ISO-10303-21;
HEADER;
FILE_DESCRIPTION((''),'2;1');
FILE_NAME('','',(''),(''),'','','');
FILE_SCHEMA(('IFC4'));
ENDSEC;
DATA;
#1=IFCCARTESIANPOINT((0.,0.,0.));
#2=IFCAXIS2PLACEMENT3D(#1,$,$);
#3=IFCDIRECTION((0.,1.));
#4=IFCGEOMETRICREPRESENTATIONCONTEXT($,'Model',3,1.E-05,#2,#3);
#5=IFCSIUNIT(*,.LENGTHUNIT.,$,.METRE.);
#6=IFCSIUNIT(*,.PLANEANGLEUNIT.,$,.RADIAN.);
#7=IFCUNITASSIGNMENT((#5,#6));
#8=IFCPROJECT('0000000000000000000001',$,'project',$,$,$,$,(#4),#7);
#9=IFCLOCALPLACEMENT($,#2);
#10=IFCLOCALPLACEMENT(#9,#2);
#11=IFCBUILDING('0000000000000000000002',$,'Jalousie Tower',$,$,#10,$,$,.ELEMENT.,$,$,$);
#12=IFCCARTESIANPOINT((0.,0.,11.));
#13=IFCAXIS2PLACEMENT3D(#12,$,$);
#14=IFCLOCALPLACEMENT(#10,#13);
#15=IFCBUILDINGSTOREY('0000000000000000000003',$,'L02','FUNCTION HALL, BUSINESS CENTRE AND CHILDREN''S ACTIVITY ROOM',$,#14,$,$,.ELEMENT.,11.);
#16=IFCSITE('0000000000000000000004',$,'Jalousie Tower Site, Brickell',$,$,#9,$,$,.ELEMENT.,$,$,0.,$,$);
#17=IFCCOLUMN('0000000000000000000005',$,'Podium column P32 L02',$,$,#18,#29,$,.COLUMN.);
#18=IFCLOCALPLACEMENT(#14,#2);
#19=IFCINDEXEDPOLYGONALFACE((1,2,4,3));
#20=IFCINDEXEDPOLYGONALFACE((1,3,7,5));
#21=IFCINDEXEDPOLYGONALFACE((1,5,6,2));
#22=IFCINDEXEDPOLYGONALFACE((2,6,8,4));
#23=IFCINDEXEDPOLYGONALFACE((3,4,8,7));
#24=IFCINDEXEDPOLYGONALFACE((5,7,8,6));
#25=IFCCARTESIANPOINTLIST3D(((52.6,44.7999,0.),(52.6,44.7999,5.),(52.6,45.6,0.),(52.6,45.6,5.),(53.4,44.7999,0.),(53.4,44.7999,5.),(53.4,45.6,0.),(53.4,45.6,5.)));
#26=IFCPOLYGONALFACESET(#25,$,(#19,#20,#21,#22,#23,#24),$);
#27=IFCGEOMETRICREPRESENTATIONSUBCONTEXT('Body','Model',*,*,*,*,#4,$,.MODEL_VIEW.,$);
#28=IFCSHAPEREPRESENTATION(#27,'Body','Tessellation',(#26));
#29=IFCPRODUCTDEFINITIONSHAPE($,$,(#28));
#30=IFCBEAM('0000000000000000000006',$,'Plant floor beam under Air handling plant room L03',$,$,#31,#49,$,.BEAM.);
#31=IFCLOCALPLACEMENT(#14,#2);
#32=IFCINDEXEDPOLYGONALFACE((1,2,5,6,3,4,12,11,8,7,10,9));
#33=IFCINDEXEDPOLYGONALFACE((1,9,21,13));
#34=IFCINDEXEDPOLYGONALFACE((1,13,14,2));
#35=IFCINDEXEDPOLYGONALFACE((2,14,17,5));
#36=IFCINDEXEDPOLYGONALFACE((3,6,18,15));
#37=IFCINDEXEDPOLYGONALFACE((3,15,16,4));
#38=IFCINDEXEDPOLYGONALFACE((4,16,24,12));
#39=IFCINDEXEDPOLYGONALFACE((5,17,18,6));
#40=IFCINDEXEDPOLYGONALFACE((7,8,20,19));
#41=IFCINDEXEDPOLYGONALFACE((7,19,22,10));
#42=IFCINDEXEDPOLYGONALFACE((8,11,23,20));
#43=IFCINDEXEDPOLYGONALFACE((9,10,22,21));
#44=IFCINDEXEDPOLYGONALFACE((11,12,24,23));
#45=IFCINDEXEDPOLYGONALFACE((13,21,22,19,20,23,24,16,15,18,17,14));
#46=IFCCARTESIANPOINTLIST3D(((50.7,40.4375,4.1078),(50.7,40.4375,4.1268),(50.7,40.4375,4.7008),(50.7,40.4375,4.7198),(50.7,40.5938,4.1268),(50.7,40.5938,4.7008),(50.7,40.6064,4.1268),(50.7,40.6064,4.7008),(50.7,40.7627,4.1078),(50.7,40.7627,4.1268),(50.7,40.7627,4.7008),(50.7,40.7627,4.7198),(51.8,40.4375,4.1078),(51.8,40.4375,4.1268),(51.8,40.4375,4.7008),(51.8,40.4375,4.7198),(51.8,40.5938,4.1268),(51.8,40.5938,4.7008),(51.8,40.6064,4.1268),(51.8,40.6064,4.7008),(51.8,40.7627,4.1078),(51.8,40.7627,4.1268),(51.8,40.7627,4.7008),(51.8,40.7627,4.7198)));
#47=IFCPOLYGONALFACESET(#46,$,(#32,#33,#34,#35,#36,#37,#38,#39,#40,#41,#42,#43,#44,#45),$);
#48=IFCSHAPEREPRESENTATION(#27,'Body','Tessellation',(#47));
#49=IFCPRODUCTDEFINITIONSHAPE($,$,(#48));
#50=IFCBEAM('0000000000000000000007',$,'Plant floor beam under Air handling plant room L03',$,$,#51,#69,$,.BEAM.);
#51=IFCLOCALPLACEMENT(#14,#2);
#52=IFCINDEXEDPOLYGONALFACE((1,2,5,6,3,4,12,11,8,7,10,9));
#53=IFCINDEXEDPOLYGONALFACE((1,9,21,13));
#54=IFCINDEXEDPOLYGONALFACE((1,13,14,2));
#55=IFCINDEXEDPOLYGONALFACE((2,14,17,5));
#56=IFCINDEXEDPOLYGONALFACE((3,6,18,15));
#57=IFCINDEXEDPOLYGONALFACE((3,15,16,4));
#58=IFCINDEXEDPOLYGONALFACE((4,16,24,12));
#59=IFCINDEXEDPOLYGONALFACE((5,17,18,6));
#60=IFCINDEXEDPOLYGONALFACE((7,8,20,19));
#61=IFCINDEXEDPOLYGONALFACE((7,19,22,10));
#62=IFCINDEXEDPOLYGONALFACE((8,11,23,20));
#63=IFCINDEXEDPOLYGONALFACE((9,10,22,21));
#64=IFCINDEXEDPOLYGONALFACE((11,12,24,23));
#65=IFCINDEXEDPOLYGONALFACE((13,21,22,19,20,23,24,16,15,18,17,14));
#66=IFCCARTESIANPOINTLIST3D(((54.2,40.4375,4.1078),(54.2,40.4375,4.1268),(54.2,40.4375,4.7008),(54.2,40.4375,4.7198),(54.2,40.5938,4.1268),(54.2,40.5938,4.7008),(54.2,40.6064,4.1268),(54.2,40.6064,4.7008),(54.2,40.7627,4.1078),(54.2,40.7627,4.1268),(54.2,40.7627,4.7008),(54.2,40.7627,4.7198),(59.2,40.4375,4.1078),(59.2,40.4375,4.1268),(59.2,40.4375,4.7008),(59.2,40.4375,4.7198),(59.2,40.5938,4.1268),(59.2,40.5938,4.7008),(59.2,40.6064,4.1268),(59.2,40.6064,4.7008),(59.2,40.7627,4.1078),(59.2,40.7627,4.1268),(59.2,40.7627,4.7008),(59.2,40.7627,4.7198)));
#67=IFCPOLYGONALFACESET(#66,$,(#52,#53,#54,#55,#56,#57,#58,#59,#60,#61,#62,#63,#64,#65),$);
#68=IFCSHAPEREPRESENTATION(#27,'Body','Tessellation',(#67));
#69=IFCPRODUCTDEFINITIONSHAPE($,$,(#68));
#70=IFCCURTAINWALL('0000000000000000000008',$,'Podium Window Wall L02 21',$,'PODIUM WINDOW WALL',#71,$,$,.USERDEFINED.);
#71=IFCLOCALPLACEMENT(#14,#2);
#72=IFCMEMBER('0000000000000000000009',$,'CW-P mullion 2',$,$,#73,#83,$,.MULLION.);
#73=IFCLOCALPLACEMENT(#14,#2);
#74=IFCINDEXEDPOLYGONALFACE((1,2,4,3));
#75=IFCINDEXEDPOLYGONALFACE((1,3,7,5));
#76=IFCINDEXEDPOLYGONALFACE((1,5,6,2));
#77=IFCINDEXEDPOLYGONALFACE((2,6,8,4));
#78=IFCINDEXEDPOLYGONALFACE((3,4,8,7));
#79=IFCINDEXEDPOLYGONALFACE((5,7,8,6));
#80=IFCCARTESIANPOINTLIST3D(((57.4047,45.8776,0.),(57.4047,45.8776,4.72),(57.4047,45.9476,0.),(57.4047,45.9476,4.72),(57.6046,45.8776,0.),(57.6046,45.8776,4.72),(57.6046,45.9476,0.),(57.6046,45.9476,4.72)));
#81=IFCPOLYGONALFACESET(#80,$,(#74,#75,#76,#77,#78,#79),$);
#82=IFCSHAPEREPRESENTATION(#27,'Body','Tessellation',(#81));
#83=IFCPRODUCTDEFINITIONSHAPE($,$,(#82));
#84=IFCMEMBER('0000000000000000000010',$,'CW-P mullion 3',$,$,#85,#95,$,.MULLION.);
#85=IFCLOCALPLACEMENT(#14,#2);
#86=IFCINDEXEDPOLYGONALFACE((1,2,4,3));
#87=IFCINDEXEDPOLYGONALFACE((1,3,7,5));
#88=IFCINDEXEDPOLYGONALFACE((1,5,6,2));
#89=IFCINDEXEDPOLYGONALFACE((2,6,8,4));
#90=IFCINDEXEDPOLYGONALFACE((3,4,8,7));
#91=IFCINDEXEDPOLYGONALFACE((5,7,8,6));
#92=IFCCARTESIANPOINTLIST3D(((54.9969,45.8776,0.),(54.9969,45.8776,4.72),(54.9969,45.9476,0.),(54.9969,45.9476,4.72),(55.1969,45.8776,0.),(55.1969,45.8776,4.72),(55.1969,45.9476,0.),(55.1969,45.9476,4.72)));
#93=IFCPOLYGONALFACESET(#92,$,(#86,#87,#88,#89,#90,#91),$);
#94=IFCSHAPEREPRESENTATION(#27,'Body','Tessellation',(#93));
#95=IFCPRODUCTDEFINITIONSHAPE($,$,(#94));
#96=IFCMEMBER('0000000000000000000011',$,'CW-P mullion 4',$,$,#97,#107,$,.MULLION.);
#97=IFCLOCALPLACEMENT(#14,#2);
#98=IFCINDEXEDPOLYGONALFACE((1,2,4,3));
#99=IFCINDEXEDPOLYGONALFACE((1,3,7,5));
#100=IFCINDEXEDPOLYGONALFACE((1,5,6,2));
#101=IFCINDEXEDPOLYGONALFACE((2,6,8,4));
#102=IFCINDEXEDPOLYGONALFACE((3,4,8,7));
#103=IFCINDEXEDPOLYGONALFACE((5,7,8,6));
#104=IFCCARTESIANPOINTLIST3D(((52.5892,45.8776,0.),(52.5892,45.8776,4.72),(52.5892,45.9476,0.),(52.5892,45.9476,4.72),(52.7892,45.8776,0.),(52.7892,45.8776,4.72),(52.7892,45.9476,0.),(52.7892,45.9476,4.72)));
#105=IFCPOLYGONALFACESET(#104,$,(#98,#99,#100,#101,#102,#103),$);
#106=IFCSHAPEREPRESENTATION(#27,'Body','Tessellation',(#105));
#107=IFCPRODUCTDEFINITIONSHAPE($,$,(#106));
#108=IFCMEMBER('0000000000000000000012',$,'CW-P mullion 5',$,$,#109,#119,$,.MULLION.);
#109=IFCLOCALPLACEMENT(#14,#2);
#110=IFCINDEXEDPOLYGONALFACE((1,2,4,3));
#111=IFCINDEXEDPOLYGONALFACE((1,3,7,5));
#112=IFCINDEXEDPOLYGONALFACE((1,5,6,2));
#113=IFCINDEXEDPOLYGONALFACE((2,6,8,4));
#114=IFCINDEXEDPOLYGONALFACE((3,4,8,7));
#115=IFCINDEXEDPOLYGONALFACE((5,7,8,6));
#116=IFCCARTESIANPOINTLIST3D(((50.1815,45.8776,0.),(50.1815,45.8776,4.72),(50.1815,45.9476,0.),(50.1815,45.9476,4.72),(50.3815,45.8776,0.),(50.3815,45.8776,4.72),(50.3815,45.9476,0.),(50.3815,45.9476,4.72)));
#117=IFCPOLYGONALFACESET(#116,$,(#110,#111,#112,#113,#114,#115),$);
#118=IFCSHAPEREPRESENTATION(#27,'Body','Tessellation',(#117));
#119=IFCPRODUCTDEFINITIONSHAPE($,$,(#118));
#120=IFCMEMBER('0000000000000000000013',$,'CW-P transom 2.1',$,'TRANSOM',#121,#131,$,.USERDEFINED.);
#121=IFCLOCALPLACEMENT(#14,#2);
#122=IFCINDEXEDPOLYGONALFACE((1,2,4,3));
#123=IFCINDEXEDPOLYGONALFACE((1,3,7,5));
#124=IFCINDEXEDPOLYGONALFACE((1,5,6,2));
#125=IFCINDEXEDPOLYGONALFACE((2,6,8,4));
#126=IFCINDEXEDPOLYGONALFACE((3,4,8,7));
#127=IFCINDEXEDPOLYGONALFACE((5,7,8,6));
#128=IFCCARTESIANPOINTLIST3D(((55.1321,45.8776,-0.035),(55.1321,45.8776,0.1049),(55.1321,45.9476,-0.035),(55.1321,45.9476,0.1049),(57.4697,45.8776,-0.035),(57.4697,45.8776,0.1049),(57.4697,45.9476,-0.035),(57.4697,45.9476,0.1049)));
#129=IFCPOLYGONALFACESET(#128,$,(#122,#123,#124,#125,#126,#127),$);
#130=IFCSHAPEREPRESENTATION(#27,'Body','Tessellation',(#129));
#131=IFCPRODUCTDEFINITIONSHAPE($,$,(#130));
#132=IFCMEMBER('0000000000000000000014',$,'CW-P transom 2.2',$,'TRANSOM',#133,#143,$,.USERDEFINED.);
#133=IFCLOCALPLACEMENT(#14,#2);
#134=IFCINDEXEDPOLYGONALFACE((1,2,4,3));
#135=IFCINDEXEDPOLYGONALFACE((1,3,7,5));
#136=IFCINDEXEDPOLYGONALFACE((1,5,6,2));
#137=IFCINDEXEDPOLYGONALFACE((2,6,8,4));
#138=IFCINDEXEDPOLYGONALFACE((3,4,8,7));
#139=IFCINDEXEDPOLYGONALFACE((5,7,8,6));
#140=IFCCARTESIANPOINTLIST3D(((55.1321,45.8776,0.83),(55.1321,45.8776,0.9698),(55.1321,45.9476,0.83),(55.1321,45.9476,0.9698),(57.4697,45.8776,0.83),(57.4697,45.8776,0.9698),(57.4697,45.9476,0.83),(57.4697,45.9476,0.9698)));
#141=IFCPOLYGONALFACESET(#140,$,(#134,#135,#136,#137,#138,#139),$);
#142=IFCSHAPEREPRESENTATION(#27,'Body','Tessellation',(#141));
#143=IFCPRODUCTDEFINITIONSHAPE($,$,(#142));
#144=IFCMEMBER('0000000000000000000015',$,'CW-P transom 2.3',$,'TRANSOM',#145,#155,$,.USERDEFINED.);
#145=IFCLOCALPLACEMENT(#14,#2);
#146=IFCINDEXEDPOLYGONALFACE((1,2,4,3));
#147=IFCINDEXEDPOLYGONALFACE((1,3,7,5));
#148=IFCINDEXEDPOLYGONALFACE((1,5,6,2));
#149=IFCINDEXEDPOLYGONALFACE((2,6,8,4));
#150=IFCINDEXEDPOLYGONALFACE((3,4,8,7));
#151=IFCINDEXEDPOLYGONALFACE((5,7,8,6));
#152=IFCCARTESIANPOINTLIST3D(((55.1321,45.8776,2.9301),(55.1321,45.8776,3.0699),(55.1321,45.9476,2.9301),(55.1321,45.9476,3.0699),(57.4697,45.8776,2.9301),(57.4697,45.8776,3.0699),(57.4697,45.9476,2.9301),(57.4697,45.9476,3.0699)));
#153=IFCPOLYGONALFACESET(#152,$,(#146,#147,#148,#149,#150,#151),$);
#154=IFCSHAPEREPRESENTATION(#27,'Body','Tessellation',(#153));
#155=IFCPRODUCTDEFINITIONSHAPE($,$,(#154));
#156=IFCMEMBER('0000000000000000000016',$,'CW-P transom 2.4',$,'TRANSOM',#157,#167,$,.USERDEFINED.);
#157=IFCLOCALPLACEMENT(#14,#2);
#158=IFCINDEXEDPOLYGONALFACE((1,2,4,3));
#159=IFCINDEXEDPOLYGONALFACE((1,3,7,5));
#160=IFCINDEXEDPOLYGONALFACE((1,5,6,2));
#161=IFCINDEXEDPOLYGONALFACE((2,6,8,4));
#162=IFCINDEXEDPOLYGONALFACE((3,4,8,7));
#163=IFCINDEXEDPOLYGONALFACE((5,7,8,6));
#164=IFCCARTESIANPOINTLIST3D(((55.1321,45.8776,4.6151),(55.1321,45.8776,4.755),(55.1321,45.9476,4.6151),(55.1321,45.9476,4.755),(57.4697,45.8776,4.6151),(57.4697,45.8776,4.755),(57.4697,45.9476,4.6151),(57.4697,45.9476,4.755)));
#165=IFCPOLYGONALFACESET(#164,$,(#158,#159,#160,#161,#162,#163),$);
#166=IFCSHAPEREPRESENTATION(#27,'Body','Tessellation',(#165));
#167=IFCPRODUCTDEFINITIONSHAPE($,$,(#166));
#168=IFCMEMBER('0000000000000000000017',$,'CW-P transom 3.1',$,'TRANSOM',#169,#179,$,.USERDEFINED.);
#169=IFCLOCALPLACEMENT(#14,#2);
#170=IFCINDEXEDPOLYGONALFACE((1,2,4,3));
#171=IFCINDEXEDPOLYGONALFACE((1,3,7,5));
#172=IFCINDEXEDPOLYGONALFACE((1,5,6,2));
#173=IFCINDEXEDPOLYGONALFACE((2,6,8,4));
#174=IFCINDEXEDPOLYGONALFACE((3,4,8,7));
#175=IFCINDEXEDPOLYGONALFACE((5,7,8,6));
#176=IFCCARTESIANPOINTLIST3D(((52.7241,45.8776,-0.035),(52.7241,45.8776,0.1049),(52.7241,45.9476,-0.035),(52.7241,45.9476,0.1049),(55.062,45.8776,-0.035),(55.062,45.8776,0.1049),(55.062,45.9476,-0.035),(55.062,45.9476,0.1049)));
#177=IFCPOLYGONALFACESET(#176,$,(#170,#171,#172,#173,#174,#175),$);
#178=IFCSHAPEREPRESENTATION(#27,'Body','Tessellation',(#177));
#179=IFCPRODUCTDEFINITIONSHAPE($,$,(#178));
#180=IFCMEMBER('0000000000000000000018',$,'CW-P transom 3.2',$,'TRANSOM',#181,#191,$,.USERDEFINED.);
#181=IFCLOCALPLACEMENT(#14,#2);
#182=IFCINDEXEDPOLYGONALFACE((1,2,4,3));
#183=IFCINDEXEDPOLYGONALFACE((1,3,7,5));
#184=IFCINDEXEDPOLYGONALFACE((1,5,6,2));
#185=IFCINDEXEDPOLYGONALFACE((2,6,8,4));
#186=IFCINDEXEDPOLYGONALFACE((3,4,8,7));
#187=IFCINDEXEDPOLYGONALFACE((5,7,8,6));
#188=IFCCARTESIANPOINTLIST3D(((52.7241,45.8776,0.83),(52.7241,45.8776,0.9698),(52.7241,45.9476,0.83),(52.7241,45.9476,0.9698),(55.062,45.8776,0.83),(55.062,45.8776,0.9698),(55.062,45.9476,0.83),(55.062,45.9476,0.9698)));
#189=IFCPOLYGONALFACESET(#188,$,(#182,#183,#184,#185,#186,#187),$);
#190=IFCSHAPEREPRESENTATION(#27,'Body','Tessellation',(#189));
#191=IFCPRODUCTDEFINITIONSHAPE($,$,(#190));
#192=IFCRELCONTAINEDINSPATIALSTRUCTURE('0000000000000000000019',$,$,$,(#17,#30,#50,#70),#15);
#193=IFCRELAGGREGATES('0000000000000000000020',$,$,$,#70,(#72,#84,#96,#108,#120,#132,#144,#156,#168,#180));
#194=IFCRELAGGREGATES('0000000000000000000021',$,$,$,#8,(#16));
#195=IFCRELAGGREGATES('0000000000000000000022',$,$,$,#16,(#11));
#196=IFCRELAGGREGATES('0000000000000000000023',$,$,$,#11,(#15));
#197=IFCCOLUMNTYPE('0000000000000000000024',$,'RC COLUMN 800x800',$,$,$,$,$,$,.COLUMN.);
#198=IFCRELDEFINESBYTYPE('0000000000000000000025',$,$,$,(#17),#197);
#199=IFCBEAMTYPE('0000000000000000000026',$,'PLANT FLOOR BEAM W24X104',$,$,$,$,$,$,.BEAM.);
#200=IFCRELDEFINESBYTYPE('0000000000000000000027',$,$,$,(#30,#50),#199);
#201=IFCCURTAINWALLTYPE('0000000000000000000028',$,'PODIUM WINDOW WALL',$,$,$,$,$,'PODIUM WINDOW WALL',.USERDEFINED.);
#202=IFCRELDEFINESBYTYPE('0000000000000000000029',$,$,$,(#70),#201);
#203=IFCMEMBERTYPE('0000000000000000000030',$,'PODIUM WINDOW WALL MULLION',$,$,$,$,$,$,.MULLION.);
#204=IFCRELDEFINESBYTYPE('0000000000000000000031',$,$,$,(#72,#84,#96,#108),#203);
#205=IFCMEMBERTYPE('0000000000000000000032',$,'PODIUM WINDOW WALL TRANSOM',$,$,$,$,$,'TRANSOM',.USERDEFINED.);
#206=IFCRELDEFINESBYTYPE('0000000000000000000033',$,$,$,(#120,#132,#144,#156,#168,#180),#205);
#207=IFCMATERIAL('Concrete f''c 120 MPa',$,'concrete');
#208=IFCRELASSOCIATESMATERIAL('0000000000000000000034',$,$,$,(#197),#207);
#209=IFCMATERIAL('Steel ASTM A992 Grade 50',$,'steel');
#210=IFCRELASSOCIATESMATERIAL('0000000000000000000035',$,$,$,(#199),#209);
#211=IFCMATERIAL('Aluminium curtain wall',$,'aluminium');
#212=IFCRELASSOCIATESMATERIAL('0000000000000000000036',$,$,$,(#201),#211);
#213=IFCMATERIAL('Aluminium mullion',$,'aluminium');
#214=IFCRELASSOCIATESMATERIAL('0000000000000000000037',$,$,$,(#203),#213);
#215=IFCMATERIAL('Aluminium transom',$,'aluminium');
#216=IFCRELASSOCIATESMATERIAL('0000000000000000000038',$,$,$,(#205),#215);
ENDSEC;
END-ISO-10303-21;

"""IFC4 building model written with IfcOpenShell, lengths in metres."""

from ifc_helpers import new_model, si_unit, direction, frame, origin, origin_2d, place, context, subcontext, project, spatial, rectangle, i_section, extrude, material, material_profile, profile_set, type_object, element, aggregate, save


model = new_model("IFC4")

# Units and contexts
model_context = context("Model", 3, precision=1e-05, world=origin(), true_north=direction((0.0, 1.0)))
body_context = subcontext(model_context, "Body", "Model", "MODEL_VIEW")
ifc_project = project(units=[si_unit("LENGTHUNIT", "METRE"), si_unit("PLANEANGLEUNIT", "RADIAN")], contexts=[model_context])

# Site, building, storey
site_placement = place(None, origin())
site = spatial("IfcSite", under=ifc_project, at=site_placement, Name="Jalousie Tower Site, Brickell", CompositionType="ELEMENT", RefElevation=0.0)
building_placement = place(site_placement, origin())
building = spatial("IfcBuilding", under=site, at=building_placement, Name="Jalousie Tower", CompositionType="ELEMENT")
storey_placement = place(building_placement, frame((0.0, 0.0, 11.0)))
storey = spatial("IfcBuildingStorey", under=building, at=storey_placement, Name="L02", Description="FUNCTION HALL, BUSINESS CENTRE AND CHILDREN'S ACTIVITY ROOM", CompositionType="ELEMENT", Elevation=11.0)

# Column
ifc_material_1 = material(Name="Concrete f'c 120 MPa", Category="concrete")
ifc_material_profile_1 = material_profile(ifc_material_1, rectangle(XDim=0.8, YDim=0.8, at=origin_2d()), Name="RC 800x800")
ifc_profile_set_1 = profile_set([ifc_material_profile_1], Name="Concrete f'c 120 MPa")
column_type = type_object("IfcColumnType", Name="RC COLUMN 800x800", PredefinedType="COLUMN", material=ifc_profile_set_1)
column_placement = place(storey_placement, frame((53.0, 45.2, 0.0), z_axis=(0.0, 0.0, 1.0), x_axis=(1.0, 0.0, 0.0)))
element("IfcColumn", 1, at=column_placement, inside=storey, type_object=column_type, Name="Podium column P32 L02", PredefinedType="COLUMN", context=body_context, shape_type="SweptSolid", body=[
    extrude(rectangle(XDim=0.8, YDim=0.8, at=origin_2d()), origin(), (0.0, 0.0, 1.0), 5.0),
])

# Beams
ifc_material_2 = material(Name="Steel ASTM A992 Grade 50", Category="steel")
ifc_material_profile_2 = material_profile(ifc_material_2, i_section(OverallWidth=0.3252, OverallDepth=0.6121, WebThickness=0.0127, FlangeThickness=0.019, at=origin_2d()), Name="W24X104")
ifc_profile_set_2 = profile_set([ifc_material_profile_2], Name="Steel ASTM A992 Grade 50")
beam_type_1 = type_object("IfcBeamType", Name="PLANT FLOOR BEAM W24X104", PredefinedType="BEAM", material=ifc_profile_set_2)
beam_1_placement = place(storey_placement, frame((50.7, 40.6001, 4.4138), z_axis=(1.0, 0.0, 0.0), x_axis=(0.0, 1.0, 0.0)))
element("IfcBeam", 2, at=beam_1_placement, inside=storey, type_object=beam_type_1, Name="Plant floor beam under Air handling plant room L03", PredefinedType="BEAM", context=body_context, shape_type="SweptSolid", body=[
    extrude(i_section(OverallWidth=0.3252, OverallDepth=0.6121, WebThickness=0.0127, FlangeThickness=0.019, at=origin_2d()), origin(), (0.0, 0.0, 1.0), 1.1001),
])
beam_2_placement = place(storey_placement, frame((54.2, 40.6001, 4.4138), z_axis=(1.0, 0.0, 0.0), x_axis=(0.0, 1.0, 0.0)))
element("IfcBeam", 3, at=beam_2_placement, inside=storey, type_object=beam_type_1, Name="Plant floor beam under Air handling plant room L03", PredefinedType="BEAM", context=body_context, shape_type="SweptSolid", body=[
    extrude(i_section(OverallWidth=0.3252, OverallDepth=0.6121, WebThickness=0.0127, FlangeThickness=0.019, at=origin_2d()), origin(), (0.0, 0.0, 1.0), 5.0),
])

# Curtain wall, members
ifc_material_3 = material(Name="Aluminium curtain wall", Category="aluminium")
curtain_wall_type = type_object("IfcCurtainWallType", Name="PODIUM WINDOW WALL", ElementType="PODIUM WINDOW WALL", PredefinedType="USERDEFINED", material=ifc_material_3)
curtain_wall_placement = place(storey_placement, origin())
curtain_wall = element("IfcCurtainWall", 4, at=curtain_wall_placement, inside=storey, type_object=curtain_wall_type, Name="Podium Window Wall L02 21", ObjectType="PODIUM WINDOW WALL", PredefinedType="USERDEFINED")
ifc_material_4 = material(Name="Aluminium mullion", Category="aluminium")
ifc_material_profile_3 = material_profile(ifc_material_4, rectangle(XDim=0.0701, YDim=0.2, at=origin_2d()), Name="MULLION 70x200")
ifc_profile_set_3 = profile_set([ifc_material_profile_3], Name="Aluminium mullion")
member_type_1 = type_object("IfcMemberType", Name="PODIUM WINDOW WALL MULLION", PredefinedType="MULLION", material=ifc_profile_set_3)
member_1_placement = place(storey_placement, frame((57.5046, 45.9126, 0.0), z_axis=(0.0, 0.0, 1.0), x_axis=(0.0, -1.0, 0.0)))
member_1 = element("IfcMember", 5, at=member_1_placement, type_object=member_type_1, Name="CW-P mullion 2", PredefinedType="MULLION", context=body_context, shape_type="SweptSolid", body=[
    extrude(rectangle(XDim=0.0701, YDim=0.2, at=origin_2d()), origin(), (0.0, 0.0, 1.0), 4.72),
])
member_2_placement = place(storey_placement, frame((55.0969, 45.9126, 0.0), z_axis=(0.0, 0.0, 1.0), x_axis=(0.0, -1.0, 0.0)))
member_2 = element("IfcMember", 6, at=member_2_placement, type_object=member_type_1, Name="CW-P mullion 3", PredefinedType="MULLION", context=body_context, shape_type="SweptSolid", body=[
    extrude(rectangle(XDim=0.0701, YDim=0.2, at=origin_2d()), origin(), (0.0, 0.0, 1.0), 4.72),
])
member_3_placement = place(storey_placement, frame((52.6892, 45.9126, 0.0), z_axis=(0.0, 0.0, 1.0), x_axis=(0.0, -1.0, 0.0)))
member_3 = element("IfcMember", 7, at=member_3_placement, type_object=member_type_1, Name="CW-P mullion 4", PredefinedType="MULLION", context=body_context, shape_type="SweptSolid", body=[
    extrude(rectangle(XDim=0.0701, YDim=0.2, at=origin_2d()), origin(), (0.0, 0.0, 1.0), 4.72),
])
member_4_placement = place(storey_placement, frame((50.2815, 45.9126, 0.0), z_axis=(0.0, 0.0, 1.0), x_axis=(0.0, -1.0, 0.0)))
member_4 = element("IfcMember", 8, at=member_4_placement, type_object=member_type_1, Name="CW-P mullion 5", PredefinedType="MULLION", context=body_context, shape_type="SweptSolid", body=[
    extrude(rectangle(XDim=0.0701, YDim=0.2, at=origin_2d()), origin(), (0.0, 0.0, 1.0), 4.72),
])
ifc_material_5 = material(Name="Aluminium transom", Category="aluminium")
ifc_material_profile_4 = material_profile(ifc_material_5, rectangle(XDim=0.0701, YDim=0.1399, at=origin_2d()), Name="TRANSOM 70x140")
ifc_profile_set_4 = profile_set([ifc_material_profile_4], Name="Aluminium transom")
member_type_2 = type_object("IfcMemberType", Name="PODIUM WINDOW WALL TRANSOM", ElementType="TRANSOM", PredefinedType="USERDEFINED", material=ifc_profile_set_4)
member_5_placement = place(storey_placement, frame((57.4697, 45.9126, 0.0349), z_axis=(-1.0, 0.0, 0.0), x_axis=(0.0, -1.0, 0.0)))
member_5 = element("IfcMember", 9, at=member_5_placement, type_object=member_type_2, Name="CW-P transom 2.1", ObjectType="TRANSOM", PredefinedType="USERDEFINED", context=body_context, shape_type="SweptSolid", body=[
    extrude(rectangle(XDim=0.0701, YDim=0.1399, at=origin_2d()), origin(), (0.0, 0.0, 1.0), 2.3376),
])
member_6_placement = place(storey_placement, frame((57.4697, 45.9126, 0.8999), z_axis=(-1.0, 0.0, 0.0), x_axis=(0.0, -1.0, 0.0)))
member_6 = element("IfcMember", 10, at=member_6_placement, type_object=member_type_2, Name="CW-P transom 2.2", ObjectType="TRANSOM", PredefinedType="USERDEFINED", context=body_context, shape_type="SweptSolid", body=[
    extrude(rectangle(XDim=0.0701, YDim=0.1399, at=origin_2d()), origin(), (0.0, 0.0, 1.0), 2.3376),
])
member_7_placement = place(storey_placement, frame((57.4697, 45.9126, 3.0), z_axis=(-1.0, 0.0, 0.0), x_axis=(0.0, -1.0, 0.0)))
member_7 = element("IfcMember", 11, at=member_7_placement, type_object=member_type_2, Name="CW-P transom 2.3", ObjectType="TRANSOM", PredefinedType="USERDEFINED", context=body_context, shape_type="SweptSolid", body=[
    extrude(rectangle(XDim=0.0701, YDim=0.1399, at=origin_2d()), origin(), (0.0, 0.0, 1.0), 2.3376),
])
member_8_placement = place(storey_placement, frame((57.4697, 45.9126, 4.6851), z_axis=(-1.0, 0.0, 0.0), x_axis=(0.0, -1.0, 0.0)))
member_8 = element("IfcMember", 12, at=member_8_placement, type_object=member_type_2, Name="CW-P transom 2.4", ObjectType="TRANSOM", PredefinedType="USERDEFINED", context=body_context, shape_type="SweptSolid", body=[
    extrude(rectangle(XDim=0.0701, YDim=0.1399, at=origin_2d()), origin(), (0.0, 0.0, 1.0), 2.3376),
])
member_9_placement = place(storey_placement, frame((55.062, 45.9126, 0.0349), z_axis=(-1.0, 0.0, 0.0), x_axis=(0.0, -1.0, 0.0)))
member_9 = element("IfcMember", 13, at=member_9_placement, type_object=member_type_2, Name="CW-P transom 3.1", ObjectType="TRANSOM", PredefinedType="USERDEFINED", context=body_context, shape_type="SweptSolid", body=[
    extrude(rectangle(XDim=0.0701, YDim=0.1399, at=origin_2d()), origin(), (0.0, 0.0, 1.0), 2.3379),
])
member_10_placement = place(storey_placement, frame((55.062, 45.9126, 0.8999), z_axis=(-1.0, 0.0, 0.0), x_axis=(0.0, -1.0, 0.0)))
member_10 = element("IfcMember", 14, at=member_10_placement, type_object=member_type_2, Name="CW-P transom 3.2", ObjectType="TRANSOM", PredefinedType="USERDEFINED", context=body_context, shape_type="SweptSolid", body=[
    extrude(rectangle(XDim=0.0701, YDim=0.1399, at=origin_2d()), origin(), (0.0, 0.0, 1.0), 2.3379),
])

aggregate(curtain_wall, [member_1, member_2, member_3, member_4, member_5, member_6, member_7, member_8, member_9, member_10])

save(model, "model.ifc")
